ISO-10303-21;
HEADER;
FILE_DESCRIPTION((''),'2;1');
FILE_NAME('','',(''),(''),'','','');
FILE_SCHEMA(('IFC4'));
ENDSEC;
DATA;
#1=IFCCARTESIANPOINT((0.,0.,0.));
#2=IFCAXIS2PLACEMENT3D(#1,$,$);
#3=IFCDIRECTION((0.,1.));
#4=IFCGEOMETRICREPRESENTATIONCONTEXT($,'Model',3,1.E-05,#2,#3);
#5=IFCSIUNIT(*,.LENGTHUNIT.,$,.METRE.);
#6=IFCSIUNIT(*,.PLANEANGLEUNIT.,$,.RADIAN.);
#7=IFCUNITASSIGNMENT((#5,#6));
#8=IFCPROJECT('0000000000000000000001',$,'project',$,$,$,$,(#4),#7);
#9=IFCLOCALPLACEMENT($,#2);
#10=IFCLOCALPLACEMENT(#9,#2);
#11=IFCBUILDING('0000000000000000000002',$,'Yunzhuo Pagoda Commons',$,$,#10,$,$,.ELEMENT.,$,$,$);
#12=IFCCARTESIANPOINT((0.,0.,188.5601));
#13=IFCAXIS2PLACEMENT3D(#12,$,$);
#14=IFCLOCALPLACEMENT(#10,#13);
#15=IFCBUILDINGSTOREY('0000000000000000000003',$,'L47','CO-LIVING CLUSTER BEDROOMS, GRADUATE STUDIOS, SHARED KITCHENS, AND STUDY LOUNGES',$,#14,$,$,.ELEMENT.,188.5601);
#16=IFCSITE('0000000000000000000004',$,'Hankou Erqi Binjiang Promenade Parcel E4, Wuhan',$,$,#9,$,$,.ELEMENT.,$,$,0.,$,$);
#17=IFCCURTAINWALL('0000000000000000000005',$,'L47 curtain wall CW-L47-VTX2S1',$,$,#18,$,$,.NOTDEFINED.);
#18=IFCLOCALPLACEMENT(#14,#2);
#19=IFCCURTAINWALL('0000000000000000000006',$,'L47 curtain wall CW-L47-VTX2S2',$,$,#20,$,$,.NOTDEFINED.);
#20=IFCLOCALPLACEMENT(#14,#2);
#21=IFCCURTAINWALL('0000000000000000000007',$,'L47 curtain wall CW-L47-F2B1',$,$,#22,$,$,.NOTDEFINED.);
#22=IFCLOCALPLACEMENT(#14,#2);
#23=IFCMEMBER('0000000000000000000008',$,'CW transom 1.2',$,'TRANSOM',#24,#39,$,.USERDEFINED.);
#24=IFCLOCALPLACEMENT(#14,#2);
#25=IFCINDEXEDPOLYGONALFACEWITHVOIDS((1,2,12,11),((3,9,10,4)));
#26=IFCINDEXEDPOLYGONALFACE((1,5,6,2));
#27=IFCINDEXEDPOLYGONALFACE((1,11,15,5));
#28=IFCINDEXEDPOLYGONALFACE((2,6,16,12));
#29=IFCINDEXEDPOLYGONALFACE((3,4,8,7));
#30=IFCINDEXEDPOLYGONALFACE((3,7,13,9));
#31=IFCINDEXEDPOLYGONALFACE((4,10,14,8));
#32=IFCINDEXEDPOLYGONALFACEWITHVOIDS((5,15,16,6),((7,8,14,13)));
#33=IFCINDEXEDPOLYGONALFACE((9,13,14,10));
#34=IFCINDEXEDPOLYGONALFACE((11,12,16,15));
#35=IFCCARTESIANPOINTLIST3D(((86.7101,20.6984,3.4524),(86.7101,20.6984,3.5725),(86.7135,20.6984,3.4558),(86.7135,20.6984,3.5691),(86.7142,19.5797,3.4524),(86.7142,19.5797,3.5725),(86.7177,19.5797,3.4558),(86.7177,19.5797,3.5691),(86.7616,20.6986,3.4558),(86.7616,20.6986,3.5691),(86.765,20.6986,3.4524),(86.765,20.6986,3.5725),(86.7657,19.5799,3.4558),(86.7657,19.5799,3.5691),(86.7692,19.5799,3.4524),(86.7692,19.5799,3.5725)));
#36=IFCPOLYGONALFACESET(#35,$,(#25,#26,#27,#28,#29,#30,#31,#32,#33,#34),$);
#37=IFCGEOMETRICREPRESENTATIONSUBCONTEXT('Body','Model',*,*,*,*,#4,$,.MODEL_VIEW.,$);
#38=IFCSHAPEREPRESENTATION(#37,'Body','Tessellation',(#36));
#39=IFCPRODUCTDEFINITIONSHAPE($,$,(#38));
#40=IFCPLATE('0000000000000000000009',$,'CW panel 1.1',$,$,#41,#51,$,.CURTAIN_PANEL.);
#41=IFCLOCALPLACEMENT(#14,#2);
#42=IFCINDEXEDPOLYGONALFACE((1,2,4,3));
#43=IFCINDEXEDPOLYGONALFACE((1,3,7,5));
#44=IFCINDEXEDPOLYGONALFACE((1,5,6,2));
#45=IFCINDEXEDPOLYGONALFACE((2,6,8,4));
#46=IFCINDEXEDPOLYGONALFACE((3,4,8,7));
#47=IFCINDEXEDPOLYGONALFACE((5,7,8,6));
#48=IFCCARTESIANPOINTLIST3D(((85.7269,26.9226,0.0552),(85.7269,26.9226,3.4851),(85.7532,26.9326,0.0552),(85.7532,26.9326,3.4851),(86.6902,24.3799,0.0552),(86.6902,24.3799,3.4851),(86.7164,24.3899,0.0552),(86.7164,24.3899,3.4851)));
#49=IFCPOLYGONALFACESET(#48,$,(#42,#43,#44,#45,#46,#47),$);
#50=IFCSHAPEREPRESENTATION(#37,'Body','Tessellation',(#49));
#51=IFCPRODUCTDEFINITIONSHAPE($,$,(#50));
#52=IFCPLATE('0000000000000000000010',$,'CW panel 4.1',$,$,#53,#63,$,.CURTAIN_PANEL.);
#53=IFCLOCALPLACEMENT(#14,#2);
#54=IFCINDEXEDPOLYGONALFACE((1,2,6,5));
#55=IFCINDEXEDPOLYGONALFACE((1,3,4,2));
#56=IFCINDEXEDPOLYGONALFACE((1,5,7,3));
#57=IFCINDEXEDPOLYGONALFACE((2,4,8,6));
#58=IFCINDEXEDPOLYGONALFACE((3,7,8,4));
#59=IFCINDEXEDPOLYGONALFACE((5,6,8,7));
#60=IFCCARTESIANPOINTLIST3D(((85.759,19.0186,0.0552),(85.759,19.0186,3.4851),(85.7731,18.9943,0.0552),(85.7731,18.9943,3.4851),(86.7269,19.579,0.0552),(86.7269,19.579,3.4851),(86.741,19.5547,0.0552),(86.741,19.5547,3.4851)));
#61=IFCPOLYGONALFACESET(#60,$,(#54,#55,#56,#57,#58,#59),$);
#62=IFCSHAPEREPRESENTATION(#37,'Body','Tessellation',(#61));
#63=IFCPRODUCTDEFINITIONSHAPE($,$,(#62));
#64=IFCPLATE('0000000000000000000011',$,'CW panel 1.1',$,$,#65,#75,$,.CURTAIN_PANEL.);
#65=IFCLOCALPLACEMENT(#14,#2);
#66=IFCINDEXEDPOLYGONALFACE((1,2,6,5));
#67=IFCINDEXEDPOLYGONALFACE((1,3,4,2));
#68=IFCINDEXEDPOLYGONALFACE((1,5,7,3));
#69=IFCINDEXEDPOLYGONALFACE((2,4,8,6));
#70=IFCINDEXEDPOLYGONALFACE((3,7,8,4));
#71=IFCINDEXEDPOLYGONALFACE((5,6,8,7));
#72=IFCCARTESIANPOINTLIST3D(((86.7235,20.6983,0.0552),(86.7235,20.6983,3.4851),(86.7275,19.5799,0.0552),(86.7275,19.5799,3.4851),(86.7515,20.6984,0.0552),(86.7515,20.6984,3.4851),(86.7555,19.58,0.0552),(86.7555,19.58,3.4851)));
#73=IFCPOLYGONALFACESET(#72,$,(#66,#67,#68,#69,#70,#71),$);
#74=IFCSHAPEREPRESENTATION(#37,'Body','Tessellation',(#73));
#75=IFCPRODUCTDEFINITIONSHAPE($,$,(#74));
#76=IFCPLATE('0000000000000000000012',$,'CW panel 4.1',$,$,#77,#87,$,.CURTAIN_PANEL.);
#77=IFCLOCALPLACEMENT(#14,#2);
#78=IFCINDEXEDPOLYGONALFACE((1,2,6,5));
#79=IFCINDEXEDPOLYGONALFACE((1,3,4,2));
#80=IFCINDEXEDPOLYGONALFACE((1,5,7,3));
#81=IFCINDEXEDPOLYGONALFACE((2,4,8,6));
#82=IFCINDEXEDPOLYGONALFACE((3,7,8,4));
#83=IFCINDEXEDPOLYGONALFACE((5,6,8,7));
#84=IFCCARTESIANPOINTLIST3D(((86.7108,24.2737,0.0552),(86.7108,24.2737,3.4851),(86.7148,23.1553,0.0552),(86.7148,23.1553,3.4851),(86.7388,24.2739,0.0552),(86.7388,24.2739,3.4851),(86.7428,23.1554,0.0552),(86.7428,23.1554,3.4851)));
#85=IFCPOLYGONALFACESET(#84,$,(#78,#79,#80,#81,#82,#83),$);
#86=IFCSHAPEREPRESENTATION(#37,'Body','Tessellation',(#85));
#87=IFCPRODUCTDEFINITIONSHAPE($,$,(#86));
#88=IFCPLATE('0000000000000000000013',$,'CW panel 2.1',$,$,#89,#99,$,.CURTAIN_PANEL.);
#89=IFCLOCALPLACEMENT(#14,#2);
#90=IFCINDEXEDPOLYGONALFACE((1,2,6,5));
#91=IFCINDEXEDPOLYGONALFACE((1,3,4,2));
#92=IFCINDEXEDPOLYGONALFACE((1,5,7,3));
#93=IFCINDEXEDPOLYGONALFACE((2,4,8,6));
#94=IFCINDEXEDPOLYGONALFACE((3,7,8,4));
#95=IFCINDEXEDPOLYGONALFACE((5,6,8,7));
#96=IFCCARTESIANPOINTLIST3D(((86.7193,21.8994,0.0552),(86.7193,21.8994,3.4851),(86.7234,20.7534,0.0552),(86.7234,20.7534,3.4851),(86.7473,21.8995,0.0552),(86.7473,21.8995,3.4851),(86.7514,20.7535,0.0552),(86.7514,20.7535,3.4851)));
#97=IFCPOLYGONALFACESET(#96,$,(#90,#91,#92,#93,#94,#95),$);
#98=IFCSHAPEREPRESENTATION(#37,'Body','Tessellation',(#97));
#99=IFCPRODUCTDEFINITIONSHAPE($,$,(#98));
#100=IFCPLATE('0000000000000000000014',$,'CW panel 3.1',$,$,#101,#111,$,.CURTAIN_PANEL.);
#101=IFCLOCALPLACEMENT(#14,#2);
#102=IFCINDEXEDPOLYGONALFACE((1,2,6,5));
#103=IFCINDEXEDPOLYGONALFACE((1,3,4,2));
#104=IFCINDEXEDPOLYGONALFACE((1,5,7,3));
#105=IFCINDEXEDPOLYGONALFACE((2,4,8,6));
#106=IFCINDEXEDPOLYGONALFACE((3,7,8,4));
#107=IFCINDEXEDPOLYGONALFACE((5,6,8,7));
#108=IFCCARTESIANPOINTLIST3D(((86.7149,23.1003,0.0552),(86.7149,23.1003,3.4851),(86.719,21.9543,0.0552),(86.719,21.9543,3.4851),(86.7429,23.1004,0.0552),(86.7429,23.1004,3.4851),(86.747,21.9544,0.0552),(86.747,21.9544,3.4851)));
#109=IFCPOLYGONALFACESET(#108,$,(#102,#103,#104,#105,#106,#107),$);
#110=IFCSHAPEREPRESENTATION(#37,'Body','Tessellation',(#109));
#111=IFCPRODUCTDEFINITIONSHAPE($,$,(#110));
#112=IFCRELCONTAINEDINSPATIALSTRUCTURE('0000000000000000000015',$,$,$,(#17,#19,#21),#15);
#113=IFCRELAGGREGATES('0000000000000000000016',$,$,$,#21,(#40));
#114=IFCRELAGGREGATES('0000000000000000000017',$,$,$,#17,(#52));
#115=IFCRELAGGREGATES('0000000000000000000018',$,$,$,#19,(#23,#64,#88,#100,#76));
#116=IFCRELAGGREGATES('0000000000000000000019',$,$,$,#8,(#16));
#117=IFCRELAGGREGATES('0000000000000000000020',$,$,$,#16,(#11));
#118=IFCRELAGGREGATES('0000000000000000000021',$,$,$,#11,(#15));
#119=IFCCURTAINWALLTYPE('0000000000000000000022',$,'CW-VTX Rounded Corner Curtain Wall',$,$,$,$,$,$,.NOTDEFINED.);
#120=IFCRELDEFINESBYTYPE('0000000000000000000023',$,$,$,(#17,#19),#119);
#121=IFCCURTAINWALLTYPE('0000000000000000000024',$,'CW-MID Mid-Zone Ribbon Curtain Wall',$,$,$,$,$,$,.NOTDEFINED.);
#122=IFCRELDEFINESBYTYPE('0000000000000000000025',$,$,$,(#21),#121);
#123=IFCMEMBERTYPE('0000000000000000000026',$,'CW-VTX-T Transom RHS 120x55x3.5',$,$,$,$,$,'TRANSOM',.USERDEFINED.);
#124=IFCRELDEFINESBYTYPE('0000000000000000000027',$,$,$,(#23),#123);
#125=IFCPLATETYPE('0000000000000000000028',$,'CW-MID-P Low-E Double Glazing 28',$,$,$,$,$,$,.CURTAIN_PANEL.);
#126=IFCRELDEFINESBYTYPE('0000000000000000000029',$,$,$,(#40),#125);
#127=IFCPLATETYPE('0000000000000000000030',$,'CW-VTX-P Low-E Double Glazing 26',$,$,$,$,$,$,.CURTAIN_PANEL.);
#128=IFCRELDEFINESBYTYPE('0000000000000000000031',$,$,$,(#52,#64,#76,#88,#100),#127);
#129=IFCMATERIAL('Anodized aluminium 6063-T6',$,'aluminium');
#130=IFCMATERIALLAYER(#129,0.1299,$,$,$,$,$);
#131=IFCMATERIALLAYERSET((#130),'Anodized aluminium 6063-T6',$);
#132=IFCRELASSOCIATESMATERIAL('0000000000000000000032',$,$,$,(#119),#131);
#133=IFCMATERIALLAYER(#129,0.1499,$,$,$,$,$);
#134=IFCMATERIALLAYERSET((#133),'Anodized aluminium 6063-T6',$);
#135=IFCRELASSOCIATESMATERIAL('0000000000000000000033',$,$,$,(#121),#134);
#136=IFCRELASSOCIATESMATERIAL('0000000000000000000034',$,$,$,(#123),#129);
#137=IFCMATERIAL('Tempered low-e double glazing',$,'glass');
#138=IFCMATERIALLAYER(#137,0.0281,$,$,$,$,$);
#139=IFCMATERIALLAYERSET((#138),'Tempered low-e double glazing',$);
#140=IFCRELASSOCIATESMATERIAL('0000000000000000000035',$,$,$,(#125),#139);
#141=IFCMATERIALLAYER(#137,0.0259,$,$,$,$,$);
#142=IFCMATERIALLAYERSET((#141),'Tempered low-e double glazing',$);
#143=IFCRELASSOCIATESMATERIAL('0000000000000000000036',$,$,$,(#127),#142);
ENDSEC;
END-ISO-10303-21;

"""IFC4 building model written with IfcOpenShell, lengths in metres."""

from ifc_helpers import new_model, si_unit, direction, frame, origin, origin_2d, place, context, subcontext, project, spatial, rectangle, hollow_rectangle, extrude, source, transform, mapped, material, layer, layer_set, material_profile, profile_set, type_object, element, aggregate, save


model = new_model("IFC4")

# Units and contexts
model_context = context("Model", 3, precision=1e-05, world=origin(), true_north=direction((0.0, 1.0)))
body_context = subcontext(model_context, "Body", "Model", "MODEL_VIEW")
ifc_project = project(units=[si_unit("LENGTHUNIT", "METRE"), si_unit("PLANEANGLEUNIT", "RADIAN")], contexts=[model_context])

# Site, building, storey
site_placement = place(None, origin())
site = spatial("IfcSite", under=ifc_project, at=site_placement, Name="Hankou Erqi Binjiang Promenade Parcel E4, Wuhan", CompositionType="ELEMENT", RefElevation=0.0)
building_placement = place(site_placement, origin())
building = spatial("IfcBuilding", under=site, at=building_placement, Name="Yunzhuo Pagoda Commons", CompositionType="ELEMENT")
storey_placement = place(building_placement, frame((0.0, 0.0, 188.5601)))
storey = spatial("IfcBuildingStorey", under=building, at=storey_placement, Name="L47", Description="CO-LIVING CLUSTER BEDROOMS, GRADUATE STUDIOS, SHARED KITCHENS, AND STUDY LOUNGES", CompositionType="ELEMENT", Elevation=188.5601)

# Curtain wall
ifc_material_1 = material(Name="Anodized aluminium 6063-T6", Category="aluminium")
ifc_layer_1 = layer(ifc_material_1, 0.1299)
ifc_layer_set_1 = layer_set([ifc_layer_1], Name="Anodized aluminium 6063-T6")
curtain_wall_type_1 = type_object("IfcCurtainWallType", Name="CW-VTX Rounded Corner Curtain Wall", PredefinedType="NOTDEFINED", material=ifc_layer_set_1)
curtain_wall_1_placement = place(storey_placement, origin())
curtain_wall_1 = element("IfcCurtainWall", 1, at=curtain_wall_1_placement, inside=storey, type_object=curtain_wall_type_1, Name="L47 curtain wall CW-L47-VTX2S1", PredefinedType="NOTDEFINED")

# Curtain wall
curtain_wall_2_placement = place(storey_placement, origin())
curtain_wall_2 = element("IfcCurtainWall", 2, at=curtain_wall_2_placement, inside=storey, type_object=curtain_wall_type_1, Name="L47 curtain wall CW-L47-VTX2S2", PredefinedType="NOTDEFINED")

# Shared definitions
ifc_layer_2 = layer(ifc_material_1, 0.1499)
ifc_layer_set_2 = layer_set([ifc_layer_2], Name="Anodized aluminium 6063-T6")
curtain_wall_type_2 = type_object("IfcCurtainWallType", Name="CW-MID Mid-Zone Ribbon Curtain Wall", PredefinedType="NOTDEFINED", material=ifc_layer_set_2)

# Curtain wall
curtain_wall_3_placement = place(storey_placement, origin())
curtain_wall_3 = element("IfcCurtainWall", 3, at=curtain_wall_3_placement, inside=storey, type_object=curtain_wall_type_2, Name="L47 curtain wall CW-L47-F2B1", PredefinedType="NOTDEFINED")

# Member
ifc_material_profile_1 = material_profile(ifc_material_1, hollow_rectangle(XDim=0.0549, YDim=0.1201, WallThickness=0.0034, at=origin_2d()), Name="Anodized aluminium 6063-T6")
ifc_profile_set_1 = profile_set([ifc_material_profile_1], Name="Anodized aluminium 6063-T6")
member_type_1 = type_object("IfcMemberType", Name="CW-VTX-T Transom RHS 120x55x3.5", ElementType="TRANSOM", PredefinedType="USERDEFINED", material=ifc_profile_set_1)
shared_shape_1 = source(origin(), body_context, "Body", "SweptSolid", [
    extrude(hollow_rectangle(XDim=0.0549, YDim=0.1201, WallThickness=0.0034, at=origin_2d()), origin(), (0.0, 0.0, 1.0), 1.1187),
])
member_1_placement = place(storey_placement, frame((86.7417, 19.5798, 3.5125), z_axis=(-0.00371, 0.999993, 0.0), x_axis=(-0.999993, -0.00371, 0.0)))
member_1 = element("IfcMember", 4, at=member_1_placement, type_object=member_type_1, Name="CW transom 1.2", ObjectType="TRANSOM", PredefinedType="USERDEFINED", context=body_context, shape_type="MappedRepresentation", body=[
    mapped(shared_shape_1, transform((0.0, 0.0, 0.0), scale=1.0)),
])

# Plates
ifc_material_2 = material(Name="Tempered low-e double glazing", Category="glass")
ifc_layer_3 = layer(ifc_material_2, 0.0281)
ifc_layer_set_3 = layer_set([ifc_layer_3], Name="Tempered low-e double glazing")
plate_type_1 = type_object("IfcPlateType", Name="CW-MID-P Low-E Double Glazing 28", PredefinedType="CURTAIN_PANEL", material=ifc_layer_set_3)
shared_shape_2 = source(origin(), body_context, "Body", "SweptSolid", [
    extrude(rectangle(XDim=2.719, YDim=0.0281, at=origin_2d()), origin(), (0.0, 0.0, 1.0), 3.4299),
])
plate_1_placement = place(storey_placement, frame((86.2217, 25.6562, 0.0552), z_axis=(0.0, 0.0, 1.0), x_axis=(-0.354256, 0.935148, 0.0)))
plate_1 = element("IfcPlate", 5, at=plate_1_placement, type_object=plate_type_1, Name="CW panel 1.1", PredefinedType="CURTAIN_PANEL", context=body_context, shape_type="MappedRepresentation", body=[
    mapped(shared_shape_2, transform((0.0, 0.0, 0.0), scale=1.0)),
])
aggregate(curtain_wall_3, [plate_1])
ifc_layer_4 = layer(ifc_material_2, 0.0259)
ifc_layer_set_4 = layer_set([ifc_layer_4], Name="Tempered low-e double glazing")
plate_type_2 = type_object("IfcPlateType", Name="CW-VTX-P Low-E Double Glazing 26", PredefinedType="CURTAIN_PANEL", material=ifc_layer_set_4)
shared_shape_3 = source(origin(), body_context, "Body", "SweptSolid", [
    extrude(rectangle(XDim=1.1184, YDim=0.0281, at=origin_2d()), origin(), (0.0, 0.0, 1.0), 3.4299),
])
plate_2_placement = place(storey_placement, frame((86.25, 19.2866, 0.0552), z_axis=(0.0, 0.0, 1.0), x_axis=(0.865424, 0.50104, 0.0)))
plate_2 = element("IfcPlate", 6, at=plate_2_placement, type_object=plate_type_2, Name="CW panel 4.1", PredefinedType="CURTAIN_PANEL", context=body_context, shape_type="MappedRepresentation", body=[
    mapped(shared_shape_3, transform((0.0, 0.0, 0.0), scale=1.0)),
])
aggregate(curtain_wall_1, [plate_2])
plate_3_placement = place(storey_placement, frame((86.7395, 20.1392, 0.0552), z_axis=(0.0, 0.0, 1.0), x_axis=(-0.00358, 0.999994, 0.0)))
plate_3 = element("IfcPlate", 7, at=plate_3_placement, type_object=plate_type_2, Name="CW panel 1.1", PredefinedType="CURTAIN_PANEL", context=body_context, shape_type="MappedRepresentation", body=[
    mapped(shared_shape_3, transform((0.0, 0.0, 0.0), scale=1.0)),
])
plate_4_placement = place(storey_placement, frame((86.7268, 23.7146, 0.0552), z_axis=(0.0, 0.0, 1.0), x_axis=(-0.00358, 0.999994, 0.0)))
plate_4 = element("IfcPlate", 8, at=plate_4_placement, type_object=plate_type_2, Name="CW panel 4.1", PredefinedType="CURTAIN_PANEL", context=body_context, shape_type="MappedRepresentation", body=[
    mapped(shared_shape_3, transform((0.0, 0.0, 0.0), scale=1.0)),
])
shared_shape_4 = source(origin(), body_context, "Body", "SweptSolid", [
    extrude(rectangle(XDim=1.146, YDim=0.0281, at=origin_2d()), origin(), (0.0, 0.0, 1.0), 3.4299),
])
plate_5_placement = place(storey_placement, frame((86.7354, 21.3264, 0.0552), z_axis=(0.0, 0.0, 1.0), x_axis=(-0.00358, 0.999994, 0.0)))
plate_5 = element("IfcPlate", 9, at=plate_5_placement, type_object=plate_type_2, Name="CW panel 2.1", PredefinedType="CURTAIN_PANEL", context=body_context, shape_type="MappedRepresentation", body=[
    mapped(shared_shape_4, transform((0.0, 0.0, 0.0), scale=1.0)),
])
plate_6_placement = place(storey_placement, frame((86.731, 22.5273, 0.0552), z_axis=(0.0, 0.0, 1.0), x_axis=(-0.00358, 0.999994, 0.0)))
plate_6 = element("IfcPlate", 10, at=plate_6_placement, type_object=plate_type_2, Name="CW panel 3.1", PredefinedType="CURTAIN_PANEL", context=body_context, shape_type="MappedRepresentation", body=[
    mapped(shared_shape_4, transform((0.0, 0.0, 0.0), scale=1.0)),
])
aggregate(curtain_wall_2, [member_1, plate_3, plate_5, plate_6, plate_4])

save(model, "model.ifc")
